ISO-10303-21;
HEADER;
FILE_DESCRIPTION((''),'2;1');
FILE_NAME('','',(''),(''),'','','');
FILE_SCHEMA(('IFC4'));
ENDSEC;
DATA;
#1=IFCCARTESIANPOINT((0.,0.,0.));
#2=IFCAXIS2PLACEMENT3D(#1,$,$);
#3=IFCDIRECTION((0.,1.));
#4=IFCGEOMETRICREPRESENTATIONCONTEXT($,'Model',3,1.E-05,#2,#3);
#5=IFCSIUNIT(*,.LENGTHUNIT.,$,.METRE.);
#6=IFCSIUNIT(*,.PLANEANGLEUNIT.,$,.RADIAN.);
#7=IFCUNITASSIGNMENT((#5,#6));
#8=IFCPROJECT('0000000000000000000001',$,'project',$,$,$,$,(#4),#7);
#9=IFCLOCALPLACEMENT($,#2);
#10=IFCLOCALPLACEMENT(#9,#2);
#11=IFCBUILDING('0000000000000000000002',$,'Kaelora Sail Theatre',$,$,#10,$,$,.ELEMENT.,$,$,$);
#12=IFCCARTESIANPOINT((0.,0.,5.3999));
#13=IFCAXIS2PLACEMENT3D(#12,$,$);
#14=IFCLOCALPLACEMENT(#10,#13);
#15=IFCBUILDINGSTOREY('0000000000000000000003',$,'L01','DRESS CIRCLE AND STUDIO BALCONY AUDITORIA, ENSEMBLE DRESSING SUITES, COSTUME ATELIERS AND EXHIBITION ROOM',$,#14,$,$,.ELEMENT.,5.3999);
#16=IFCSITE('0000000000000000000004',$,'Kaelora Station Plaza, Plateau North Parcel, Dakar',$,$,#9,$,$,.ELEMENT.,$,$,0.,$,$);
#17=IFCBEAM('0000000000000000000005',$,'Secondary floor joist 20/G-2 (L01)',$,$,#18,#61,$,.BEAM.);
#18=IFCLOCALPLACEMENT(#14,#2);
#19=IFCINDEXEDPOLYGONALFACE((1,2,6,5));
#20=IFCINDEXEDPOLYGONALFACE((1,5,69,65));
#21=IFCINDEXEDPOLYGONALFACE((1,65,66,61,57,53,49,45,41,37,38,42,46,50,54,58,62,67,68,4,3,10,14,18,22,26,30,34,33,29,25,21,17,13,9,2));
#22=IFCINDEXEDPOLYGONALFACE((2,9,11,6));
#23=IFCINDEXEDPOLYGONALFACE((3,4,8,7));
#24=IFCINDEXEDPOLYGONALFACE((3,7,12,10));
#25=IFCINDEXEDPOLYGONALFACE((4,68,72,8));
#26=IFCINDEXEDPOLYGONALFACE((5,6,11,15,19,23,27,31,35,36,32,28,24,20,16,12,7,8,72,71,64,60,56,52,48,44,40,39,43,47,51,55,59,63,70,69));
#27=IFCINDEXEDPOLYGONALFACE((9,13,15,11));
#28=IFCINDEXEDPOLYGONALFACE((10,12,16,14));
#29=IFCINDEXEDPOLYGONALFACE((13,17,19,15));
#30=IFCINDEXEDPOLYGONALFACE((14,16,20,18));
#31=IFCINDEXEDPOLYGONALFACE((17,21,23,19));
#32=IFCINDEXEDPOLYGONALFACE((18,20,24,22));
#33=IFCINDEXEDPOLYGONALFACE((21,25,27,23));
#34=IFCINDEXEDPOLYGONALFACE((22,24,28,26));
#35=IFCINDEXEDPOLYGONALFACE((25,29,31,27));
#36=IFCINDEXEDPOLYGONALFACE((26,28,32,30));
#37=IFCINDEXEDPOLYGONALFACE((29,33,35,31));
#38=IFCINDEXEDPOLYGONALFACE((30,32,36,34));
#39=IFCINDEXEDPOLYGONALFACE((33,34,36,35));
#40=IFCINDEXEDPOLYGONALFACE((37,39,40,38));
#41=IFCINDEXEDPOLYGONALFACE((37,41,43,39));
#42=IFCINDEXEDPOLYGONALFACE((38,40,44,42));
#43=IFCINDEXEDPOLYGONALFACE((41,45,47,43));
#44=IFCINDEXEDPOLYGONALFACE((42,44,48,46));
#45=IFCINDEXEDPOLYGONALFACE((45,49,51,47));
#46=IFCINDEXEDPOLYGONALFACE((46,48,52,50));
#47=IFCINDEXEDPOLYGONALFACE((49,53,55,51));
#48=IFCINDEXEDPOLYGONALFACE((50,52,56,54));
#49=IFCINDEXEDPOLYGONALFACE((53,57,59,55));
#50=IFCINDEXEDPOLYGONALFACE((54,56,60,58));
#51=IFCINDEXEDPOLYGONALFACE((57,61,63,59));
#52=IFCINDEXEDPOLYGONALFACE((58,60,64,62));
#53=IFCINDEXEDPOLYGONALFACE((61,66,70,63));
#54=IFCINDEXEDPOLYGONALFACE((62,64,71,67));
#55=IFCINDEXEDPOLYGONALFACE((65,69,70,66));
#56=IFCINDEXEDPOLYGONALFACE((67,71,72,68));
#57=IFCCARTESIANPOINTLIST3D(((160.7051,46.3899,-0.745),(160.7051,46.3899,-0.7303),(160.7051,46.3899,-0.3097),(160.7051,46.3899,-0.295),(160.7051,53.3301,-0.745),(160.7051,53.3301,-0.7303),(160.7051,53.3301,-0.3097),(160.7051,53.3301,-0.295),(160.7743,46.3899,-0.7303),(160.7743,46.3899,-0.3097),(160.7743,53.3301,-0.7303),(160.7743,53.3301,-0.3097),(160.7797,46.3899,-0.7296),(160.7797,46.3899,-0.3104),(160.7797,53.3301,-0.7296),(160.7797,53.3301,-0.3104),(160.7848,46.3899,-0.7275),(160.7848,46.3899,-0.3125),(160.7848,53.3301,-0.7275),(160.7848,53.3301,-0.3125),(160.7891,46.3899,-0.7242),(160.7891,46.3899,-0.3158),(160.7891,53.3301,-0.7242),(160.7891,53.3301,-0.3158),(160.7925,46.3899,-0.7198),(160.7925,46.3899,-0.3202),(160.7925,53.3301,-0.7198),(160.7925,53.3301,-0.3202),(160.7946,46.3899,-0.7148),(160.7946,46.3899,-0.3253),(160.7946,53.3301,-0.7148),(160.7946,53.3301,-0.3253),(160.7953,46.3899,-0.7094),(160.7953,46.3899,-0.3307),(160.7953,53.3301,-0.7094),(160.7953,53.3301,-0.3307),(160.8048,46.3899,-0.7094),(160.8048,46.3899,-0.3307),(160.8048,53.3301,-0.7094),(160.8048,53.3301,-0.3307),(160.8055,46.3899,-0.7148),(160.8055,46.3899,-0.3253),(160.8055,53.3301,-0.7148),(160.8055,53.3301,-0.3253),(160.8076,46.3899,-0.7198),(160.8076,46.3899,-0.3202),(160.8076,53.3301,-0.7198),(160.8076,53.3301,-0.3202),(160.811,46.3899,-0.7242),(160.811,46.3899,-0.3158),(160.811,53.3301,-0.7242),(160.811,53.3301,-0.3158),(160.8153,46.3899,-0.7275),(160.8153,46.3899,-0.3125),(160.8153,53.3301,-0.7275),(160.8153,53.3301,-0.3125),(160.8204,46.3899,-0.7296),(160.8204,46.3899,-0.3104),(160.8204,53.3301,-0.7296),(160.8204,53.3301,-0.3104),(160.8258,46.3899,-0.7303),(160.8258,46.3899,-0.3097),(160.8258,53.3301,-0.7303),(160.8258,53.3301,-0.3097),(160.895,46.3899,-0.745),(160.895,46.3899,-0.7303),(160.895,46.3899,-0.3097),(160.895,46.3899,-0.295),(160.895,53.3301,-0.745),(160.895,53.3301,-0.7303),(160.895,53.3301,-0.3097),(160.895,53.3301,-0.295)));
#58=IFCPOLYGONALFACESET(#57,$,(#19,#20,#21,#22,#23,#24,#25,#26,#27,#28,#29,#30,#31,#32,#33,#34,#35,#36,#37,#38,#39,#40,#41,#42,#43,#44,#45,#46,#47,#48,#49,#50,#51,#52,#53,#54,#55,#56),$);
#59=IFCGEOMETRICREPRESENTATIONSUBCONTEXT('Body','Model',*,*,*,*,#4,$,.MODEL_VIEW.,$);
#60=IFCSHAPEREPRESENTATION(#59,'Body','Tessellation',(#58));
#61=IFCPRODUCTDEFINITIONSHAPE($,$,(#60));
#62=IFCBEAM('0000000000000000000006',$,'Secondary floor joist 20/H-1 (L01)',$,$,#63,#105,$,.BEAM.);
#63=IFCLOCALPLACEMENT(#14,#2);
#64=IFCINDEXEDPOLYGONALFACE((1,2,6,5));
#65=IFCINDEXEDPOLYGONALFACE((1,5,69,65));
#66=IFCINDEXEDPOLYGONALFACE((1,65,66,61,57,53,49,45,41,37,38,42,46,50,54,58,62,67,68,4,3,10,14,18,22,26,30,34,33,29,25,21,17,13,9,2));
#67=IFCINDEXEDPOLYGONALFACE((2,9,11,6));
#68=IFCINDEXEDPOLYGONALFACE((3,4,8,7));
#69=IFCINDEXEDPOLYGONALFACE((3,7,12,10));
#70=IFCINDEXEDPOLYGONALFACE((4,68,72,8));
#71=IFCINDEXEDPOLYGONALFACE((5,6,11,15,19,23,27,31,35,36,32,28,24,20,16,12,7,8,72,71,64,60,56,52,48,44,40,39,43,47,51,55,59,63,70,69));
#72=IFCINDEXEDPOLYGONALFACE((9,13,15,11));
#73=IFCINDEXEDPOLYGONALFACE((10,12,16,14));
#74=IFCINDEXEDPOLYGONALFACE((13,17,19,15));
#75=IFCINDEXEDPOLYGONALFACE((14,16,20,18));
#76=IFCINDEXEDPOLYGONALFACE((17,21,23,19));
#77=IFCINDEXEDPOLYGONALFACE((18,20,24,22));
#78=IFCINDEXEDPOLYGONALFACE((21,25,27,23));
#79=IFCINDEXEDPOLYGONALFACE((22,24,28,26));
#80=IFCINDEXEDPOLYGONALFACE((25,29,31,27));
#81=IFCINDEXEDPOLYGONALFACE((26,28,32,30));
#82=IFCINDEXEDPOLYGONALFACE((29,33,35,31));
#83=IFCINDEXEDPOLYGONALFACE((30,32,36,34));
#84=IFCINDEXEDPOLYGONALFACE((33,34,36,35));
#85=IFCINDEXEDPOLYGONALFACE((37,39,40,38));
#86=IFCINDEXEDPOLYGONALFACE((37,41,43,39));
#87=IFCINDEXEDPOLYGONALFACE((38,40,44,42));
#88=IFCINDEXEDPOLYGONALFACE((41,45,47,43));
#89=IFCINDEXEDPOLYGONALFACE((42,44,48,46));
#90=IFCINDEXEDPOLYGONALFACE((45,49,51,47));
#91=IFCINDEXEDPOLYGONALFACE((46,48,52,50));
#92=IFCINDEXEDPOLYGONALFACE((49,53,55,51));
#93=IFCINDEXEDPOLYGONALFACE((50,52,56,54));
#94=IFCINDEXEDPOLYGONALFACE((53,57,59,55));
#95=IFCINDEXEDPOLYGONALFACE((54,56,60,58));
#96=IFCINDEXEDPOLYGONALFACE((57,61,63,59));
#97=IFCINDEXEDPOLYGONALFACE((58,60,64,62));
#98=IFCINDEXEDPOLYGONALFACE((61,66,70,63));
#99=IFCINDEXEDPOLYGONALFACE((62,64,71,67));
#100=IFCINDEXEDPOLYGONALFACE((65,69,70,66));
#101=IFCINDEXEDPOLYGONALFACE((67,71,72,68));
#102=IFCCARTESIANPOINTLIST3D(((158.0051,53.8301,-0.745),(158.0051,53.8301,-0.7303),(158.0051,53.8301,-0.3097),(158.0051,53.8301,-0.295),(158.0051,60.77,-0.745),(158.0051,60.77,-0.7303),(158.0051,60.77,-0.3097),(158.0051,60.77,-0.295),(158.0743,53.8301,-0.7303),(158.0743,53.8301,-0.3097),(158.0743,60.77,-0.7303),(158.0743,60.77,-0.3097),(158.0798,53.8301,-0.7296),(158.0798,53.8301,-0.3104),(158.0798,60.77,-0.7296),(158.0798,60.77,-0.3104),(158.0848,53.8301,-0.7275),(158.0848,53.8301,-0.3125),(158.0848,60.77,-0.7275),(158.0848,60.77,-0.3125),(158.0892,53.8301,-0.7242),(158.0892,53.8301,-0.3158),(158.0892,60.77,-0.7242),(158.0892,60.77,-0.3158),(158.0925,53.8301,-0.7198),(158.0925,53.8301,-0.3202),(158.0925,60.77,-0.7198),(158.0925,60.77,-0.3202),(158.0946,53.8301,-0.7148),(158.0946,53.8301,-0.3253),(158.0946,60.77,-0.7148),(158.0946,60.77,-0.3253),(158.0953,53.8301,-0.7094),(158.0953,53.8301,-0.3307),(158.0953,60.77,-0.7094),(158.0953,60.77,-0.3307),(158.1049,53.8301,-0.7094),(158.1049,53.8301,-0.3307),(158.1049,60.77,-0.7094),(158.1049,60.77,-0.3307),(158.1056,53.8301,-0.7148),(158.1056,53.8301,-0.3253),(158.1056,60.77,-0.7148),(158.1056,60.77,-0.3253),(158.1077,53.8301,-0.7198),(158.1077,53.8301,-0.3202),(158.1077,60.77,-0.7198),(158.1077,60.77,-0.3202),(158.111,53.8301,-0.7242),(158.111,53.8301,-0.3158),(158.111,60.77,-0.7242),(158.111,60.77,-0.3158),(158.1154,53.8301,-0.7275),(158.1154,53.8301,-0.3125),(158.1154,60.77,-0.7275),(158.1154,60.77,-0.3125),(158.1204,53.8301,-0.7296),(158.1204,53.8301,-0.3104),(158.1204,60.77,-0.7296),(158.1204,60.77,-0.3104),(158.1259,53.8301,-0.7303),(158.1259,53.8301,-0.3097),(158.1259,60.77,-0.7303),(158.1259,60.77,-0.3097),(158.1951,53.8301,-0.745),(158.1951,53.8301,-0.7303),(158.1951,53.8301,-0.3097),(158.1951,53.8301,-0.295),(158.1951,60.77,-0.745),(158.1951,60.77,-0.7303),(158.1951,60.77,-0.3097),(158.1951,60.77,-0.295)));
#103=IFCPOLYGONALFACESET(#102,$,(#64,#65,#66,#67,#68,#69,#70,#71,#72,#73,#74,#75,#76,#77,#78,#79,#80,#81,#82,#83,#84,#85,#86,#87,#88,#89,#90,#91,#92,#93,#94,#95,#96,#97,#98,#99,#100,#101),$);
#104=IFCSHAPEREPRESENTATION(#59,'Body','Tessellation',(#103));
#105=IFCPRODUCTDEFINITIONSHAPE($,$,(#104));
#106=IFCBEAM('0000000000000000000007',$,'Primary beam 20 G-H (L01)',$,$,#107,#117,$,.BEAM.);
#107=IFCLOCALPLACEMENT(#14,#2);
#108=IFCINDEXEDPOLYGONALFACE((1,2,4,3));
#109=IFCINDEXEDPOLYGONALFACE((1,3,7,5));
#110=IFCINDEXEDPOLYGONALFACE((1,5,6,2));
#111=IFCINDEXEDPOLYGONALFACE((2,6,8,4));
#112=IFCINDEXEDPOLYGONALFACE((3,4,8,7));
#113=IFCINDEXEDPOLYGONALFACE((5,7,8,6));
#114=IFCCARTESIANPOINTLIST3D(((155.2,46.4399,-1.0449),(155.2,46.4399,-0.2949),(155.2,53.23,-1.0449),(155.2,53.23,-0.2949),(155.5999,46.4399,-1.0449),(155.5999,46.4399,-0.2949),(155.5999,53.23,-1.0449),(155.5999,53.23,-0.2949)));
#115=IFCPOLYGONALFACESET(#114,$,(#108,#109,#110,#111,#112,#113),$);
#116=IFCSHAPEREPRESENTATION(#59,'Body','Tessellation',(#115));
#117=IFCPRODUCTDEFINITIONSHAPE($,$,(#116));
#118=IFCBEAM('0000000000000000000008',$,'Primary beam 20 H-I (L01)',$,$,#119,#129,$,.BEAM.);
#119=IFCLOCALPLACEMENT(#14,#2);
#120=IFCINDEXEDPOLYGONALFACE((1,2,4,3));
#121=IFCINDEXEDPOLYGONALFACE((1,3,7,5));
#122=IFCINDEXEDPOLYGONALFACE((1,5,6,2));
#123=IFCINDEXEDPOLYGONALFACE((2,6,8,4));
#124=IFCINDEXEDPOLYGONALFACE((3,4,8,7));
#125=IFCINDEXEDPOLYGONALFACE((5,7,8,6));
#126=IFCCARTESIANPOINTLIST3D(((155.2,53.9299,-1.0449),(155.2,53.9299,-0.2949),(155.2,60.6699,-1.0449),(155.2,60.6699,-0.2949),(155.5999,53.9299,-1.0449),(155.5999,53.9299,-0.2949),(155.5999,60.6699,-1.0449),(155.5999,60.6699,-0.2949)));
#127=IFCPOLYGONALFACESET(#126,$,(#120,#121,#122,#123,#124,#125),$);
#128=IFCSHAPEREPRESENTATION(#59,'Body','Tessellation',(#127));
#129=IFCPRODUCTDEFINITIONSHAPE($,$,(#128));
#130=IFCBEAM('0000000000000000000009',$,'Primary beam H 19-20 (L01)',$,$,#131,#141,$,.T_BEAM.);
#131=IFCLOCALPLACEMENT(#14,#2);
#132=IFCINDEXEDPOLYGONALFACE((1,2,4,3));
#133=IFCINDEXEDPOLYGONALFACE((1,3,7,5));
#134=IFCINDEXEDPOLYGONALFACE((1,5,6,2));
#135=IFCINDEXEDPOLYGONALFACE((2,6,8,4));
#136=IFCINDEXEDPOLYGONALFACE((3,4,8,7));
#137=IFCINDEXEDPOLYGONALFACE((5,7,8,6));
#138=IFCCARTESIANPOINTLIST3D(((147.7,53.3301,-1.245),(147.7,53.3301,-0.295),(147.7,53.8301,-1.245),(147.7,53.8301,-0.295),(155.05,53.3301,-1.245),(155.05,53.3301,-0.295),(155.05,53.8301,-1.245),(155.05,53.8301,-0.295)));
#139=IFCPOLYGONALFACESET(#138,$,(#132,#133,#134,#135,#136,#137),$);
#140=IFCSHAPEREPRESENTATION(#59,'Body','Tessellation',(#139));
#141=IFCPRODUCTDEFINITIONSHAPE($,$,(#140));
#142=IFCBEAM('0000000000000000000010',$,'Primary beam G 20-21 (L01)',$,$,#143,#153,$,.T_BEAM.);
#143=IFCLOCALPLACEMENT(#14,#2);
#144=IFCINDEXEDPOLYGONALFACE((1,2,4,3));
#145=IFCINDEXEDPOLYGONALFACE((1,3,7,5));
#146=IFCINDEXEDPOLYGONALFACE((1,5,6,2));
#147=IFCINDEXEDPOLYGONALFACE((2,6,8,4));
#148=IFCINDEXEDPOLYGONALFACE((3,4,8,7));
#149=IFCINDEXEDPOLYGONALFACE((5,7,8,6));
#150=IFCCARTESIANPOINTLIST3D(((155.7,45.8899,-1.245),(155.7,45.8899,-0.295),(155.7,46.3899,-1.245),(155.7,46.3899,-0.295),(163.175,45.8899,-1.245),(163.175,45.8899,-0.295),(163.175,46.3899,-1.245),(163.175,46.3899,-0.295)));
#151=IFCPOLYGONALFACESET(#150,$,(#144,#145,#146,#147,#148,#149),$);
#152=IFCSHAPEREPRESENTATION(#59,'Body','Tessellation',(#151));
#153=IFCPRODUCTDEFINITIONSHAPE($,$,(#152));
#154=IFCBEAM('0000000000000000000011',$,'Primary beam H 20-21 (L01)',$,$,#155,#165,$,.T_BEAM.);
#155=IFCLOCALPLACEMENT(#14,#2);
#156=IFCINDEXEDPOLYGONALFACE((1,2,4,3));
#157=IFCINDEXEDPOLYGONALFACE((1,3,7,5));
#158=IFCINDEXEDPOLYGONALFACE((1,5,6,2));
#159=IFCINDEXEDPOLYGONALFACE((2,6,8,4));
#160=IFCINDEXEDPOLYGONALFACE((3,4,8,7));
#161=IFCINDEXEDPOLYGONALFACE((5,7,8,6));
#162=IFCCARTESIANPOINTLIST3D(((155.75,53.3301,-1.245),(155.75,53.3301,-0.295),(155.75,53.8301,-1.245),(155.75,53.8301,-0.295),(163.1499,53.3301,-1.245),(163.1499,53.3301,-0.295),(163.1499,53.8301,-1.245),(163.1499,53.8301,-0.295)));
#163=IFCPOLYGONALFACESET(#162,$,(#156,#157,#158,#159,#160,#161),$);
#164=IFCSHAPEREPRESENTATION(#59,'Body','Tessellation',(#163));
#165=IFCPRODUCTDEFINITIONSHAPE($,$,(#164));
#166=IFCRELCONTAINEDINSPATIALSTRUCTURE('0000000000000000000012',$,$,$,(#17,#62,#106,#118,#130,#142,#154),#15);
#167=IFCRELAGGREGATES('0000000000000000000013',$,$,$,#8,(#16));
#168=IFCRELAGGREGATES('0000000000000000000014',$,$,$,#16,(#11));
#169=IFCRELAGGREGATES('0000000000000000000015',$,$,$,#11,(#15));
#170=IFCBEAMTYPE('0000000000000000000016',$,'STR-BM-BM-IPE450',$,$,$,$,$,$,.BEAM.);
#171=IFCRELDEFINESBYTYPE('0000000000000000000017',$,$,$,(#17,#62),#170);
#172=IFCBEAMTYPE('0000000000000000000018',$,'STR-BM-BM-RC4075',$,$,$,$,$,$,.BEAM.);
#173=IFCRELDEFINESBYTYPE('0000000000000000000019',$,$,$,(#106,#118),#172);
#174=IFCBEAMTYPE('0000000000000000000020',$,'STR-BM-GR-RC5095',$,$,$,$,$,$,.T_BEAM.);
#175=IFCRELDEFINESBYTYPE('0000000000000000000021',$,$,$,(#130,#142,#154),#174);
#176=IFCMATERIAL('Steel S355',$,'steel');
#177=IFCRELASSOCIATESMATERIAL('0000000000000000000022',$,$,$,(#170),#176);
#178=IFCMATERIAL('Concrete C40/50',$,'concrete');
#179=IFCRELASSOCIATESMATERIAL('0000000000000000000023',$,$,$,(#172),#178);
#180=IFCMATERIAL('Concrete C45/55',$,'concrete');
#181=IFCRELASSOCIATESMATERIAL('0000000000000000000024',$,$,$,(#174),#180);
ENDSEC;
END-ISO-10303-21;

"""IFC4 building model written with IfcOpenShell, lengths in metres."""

from ifc_helpers import new_model, si_unit, direction, frame, origin, origin_2d, place, context, subcontext, project, spatial, rectangle, i_section, extrude, material, material_profile, profile_set, type_object, element, save


model = new_model("IFC4")

# Units and contexts
model_context = context("Model", 3, precision=1e-05, world=origin(), true_north=direction((0.0, 1.0)))
body_context = subcontext(model_context, "Body", "Model", "MODEL_VIEW")
ifc_project = project(units=[si_unit("LENGTHUNIT", "METRE"), si_unit("PLANEANGLEUNIT", "RADIAN")], contexts=[model_context])

# Site, building, storey
site_placement = place(None, origin())
site = spatial("IfcSite", under=ifc_project, at=site_placement, Name="Kaelora Station Plaza, Plateau North Parcel, Dakar", CompositionType="ELEMENT", RefElevation=0.0)
building_placement = place(site_placement, origin())
building = spatial("IfcBuilding", under=site, at=building_placement, Name="Kaelora Sail Theatre", CompositionType="ELEMENT")
storey_placement = place(building_placement, frame((0.0, 0.0, 5.3999)))
storey = spatial("IfcBuildingStorey", under=building, at=storey_placement, Name="L01", Description="DRESS CIRCLE AND STUDIO BALCONY AUDITORIA, ENSEMBLE DRESSING SUITES, COSTUME ATELIERS AND EXHIBITION ROOM", CompositionType="ELEMENT", Elevation=5.3999)

# Beams
ifc_material_1 = material(Name="Steel S355", Category="steel")
ifc_material_profile_1 = material_profile(ifc_material_1, i_section(OverallWidth=0.1899, OverallDepth=0.45, WebThickness=0.0095, FlangeThickness=0.0146, FilletRadius=0.021, at=origin_2d()), Name="IPE 450")
ifc_profile_set_1 = profile_set([ifc_material_profile_1], Name="Steel S355")
beam_type_1 = type_object("IfcBeamType", Name="STR-BM-BM-IPE450", PredefinedType="BEAM", material=ifc_profile_set_1)
beam_1_placement = place(storey_placement, frame((160.8, 46.3899, -0.52), z_axis=(0.0, 1.0, 0.0), x_axis=(-1.0, 0.0, 0.0)))
element("IfcBeam", 1, at=beam_1_placement, inside=storey, type_object=beam_type_1, Name="Secondary floor joist 20/G-2 (L01)", PredefinedType="BEAM", context=body_context, shape_type="SweptSolid", body=[
    extrude(i_section(OverallWidth=0.1899, OverallDepth=0.45, WebThickness=0.0095, FlangeThickness=0.0146, FilletRadius=0.021, at=origin_2d()), origin(), (0.0, 0.0, 1.0), 6.9402),
])
beam_2_placement = place(storey_placement, frame((158.1001, 53.8301, -0.52), z_axis=(0.0, 1.0, 0.0), x_axis=(-1.0, 0.0, 0.0)))
element("IfcBeam", 2, at=beam_2_placement, inside=storey, type_object=beam_type_1, Name="Secondary floor joist 20/H-1 (L01)", PredefinedType="BEAM", context=body_context, shape_type="SweptSolid", body=[
    extrude(i_section(OverallWidth=0.1899, OverallDepth=0.45, WebThickness=0.0095, FlangeThickness=0.0146, FilletRadius=0.021, at=origin_2d()), origin(), (0.0, 0.0, 1.0), 6.9399),
])
ifc_material_2 = material(Name="Concrete C40/50", Category="concrete")
ifc_material_profile_2 = material_profile(ifc_material_2, rectangle(XDim=0.3999, YDim=0.75, at=origin_2d()), Name="RC-BM 400x750")
ifc_profile_set_2 = profile_set([ifc_material_profile_2], Name="Concrete C40/50")
beam_type_2 = type_object("IfcBeamType", Name="STR-BM-BM-RC4075", PredefinedType="BEAM", material=ifc_profile_set_2)
beam_3_placement = place(storey_placement, frame((155.3999, 46.4399, -0.6699), z_axis=(0.0, 1.0, 0.0), x_axis=(-1.0, 0.0, 0.0)))
element("IfcBeam", 3, at=beam_3_placement, inside=storey, type_object=beam_type_2, Name="Primary beam 20 G-H (L01)", PredefinedType="BEAM", context=body_context, shape_type="SweptSolid", body=[
    extrude(rectangle(XDim=0.3999, YDim=0.75, at=origin_2d()), origin(), (0.0, 0.0, 1.0), 6.79),
])
beam_4_placement = place(storey_placement, frame((155.3999, 53.9299, -0.6699), z_axis=(0.0, 1.0, 0.0), x_axis=(-1.0, 0.0, 0.0)))
element("IfcBeam", 4, at=beam_4_placement, inside=storey, type_object=beam_type_2, Name="Primary beam 20 H-I (L01)", PredefinedType="BEAM", context=body_context, shape_type="SweptSolid", body=[
    extrude(rectangle(XDim=0.3999, YDim=0.75, at=origin_2d()), origin(), (0.0, 0.0, 1.0), 6.74),
])
ifc_material_3 = material(Name="Concrete C45/55", Category="concrete")
ifc_material_profile_3 = material_profile(ifc_material_3, rectangle(XDim=0.5, YDim=0.95, at=origin_2d()), Name="RC-GRD 500x950")
ifc_profile_set_3 = profile_set([ifc_material_profile_3], Name="Concrete C45/55")
beam_type_3 = type_object("IfcBeamType", Name="STR-BM-GR-RC5095", PredefinedType="T_BEAM", material=ifc_profile_set_3)
beam_5_placement = place(storey_placement, frame((147.7, 53.5801, -0.77), z_axis=(1.0, 0.0, 0.0), x_axis=(0.0, 1.0, 0.0)))
element("IfcBeam", 5, at=beam_5_placement, inside=storey, type_object=beam_type_3, Name="Primary beam H 19-20 (L01)", PredefinedType="T_BEAM", context=body_context, shape_type="SweptSolid", body=[
    extrude(rectangle(XDim=0.5, YDim=0.95, at=origin_2d()), origin(), (0.0, 0.0, 1.0), 7.3501),
])
beam_6_placement = place(storey_placement, frame((155.7, 46.1399, -0.77), z_axis=(1.0, 0.0, 0.0), x_axis=(0.0, 1.0, 0.0)))
element("IfcBeam", 6, at=beam_6_placement, inside=storey, type_object=beam_type_3, Name="Primary beam G 20-21 (L01)", PredefinedType="T_BEAM", context=body_context, shape_type="SweptSolid", body=[
    extrude(rectangle(XDim=0.5, YDim=0.95, at=origin_2d()), origin(), (0.0, 0.0, 1.0), 7.4751),
])
beam_7_placement = place(storey_placement, frame((155.75, 53.5801, -0.77), z_axis=(1.0, 0.0, 0.0), x_axis=(0.0, 1.0, 0.0)))
element("IfcBeam", 7, at=beam_7_placement, inside=storey, type_object=beam_type_3, Name="Primary beam H 20-21 (L01)", PredefinedType="T_BEAM", context=body_context, shape_type="SweptSolid", body=[
    extrude(rectangle(XDim=0.5, YDim=0.95, at=origin_2d()), origin(), (0.0, 0.0, 1.0), 7.3999),
])

save(model, "model.ifc")
